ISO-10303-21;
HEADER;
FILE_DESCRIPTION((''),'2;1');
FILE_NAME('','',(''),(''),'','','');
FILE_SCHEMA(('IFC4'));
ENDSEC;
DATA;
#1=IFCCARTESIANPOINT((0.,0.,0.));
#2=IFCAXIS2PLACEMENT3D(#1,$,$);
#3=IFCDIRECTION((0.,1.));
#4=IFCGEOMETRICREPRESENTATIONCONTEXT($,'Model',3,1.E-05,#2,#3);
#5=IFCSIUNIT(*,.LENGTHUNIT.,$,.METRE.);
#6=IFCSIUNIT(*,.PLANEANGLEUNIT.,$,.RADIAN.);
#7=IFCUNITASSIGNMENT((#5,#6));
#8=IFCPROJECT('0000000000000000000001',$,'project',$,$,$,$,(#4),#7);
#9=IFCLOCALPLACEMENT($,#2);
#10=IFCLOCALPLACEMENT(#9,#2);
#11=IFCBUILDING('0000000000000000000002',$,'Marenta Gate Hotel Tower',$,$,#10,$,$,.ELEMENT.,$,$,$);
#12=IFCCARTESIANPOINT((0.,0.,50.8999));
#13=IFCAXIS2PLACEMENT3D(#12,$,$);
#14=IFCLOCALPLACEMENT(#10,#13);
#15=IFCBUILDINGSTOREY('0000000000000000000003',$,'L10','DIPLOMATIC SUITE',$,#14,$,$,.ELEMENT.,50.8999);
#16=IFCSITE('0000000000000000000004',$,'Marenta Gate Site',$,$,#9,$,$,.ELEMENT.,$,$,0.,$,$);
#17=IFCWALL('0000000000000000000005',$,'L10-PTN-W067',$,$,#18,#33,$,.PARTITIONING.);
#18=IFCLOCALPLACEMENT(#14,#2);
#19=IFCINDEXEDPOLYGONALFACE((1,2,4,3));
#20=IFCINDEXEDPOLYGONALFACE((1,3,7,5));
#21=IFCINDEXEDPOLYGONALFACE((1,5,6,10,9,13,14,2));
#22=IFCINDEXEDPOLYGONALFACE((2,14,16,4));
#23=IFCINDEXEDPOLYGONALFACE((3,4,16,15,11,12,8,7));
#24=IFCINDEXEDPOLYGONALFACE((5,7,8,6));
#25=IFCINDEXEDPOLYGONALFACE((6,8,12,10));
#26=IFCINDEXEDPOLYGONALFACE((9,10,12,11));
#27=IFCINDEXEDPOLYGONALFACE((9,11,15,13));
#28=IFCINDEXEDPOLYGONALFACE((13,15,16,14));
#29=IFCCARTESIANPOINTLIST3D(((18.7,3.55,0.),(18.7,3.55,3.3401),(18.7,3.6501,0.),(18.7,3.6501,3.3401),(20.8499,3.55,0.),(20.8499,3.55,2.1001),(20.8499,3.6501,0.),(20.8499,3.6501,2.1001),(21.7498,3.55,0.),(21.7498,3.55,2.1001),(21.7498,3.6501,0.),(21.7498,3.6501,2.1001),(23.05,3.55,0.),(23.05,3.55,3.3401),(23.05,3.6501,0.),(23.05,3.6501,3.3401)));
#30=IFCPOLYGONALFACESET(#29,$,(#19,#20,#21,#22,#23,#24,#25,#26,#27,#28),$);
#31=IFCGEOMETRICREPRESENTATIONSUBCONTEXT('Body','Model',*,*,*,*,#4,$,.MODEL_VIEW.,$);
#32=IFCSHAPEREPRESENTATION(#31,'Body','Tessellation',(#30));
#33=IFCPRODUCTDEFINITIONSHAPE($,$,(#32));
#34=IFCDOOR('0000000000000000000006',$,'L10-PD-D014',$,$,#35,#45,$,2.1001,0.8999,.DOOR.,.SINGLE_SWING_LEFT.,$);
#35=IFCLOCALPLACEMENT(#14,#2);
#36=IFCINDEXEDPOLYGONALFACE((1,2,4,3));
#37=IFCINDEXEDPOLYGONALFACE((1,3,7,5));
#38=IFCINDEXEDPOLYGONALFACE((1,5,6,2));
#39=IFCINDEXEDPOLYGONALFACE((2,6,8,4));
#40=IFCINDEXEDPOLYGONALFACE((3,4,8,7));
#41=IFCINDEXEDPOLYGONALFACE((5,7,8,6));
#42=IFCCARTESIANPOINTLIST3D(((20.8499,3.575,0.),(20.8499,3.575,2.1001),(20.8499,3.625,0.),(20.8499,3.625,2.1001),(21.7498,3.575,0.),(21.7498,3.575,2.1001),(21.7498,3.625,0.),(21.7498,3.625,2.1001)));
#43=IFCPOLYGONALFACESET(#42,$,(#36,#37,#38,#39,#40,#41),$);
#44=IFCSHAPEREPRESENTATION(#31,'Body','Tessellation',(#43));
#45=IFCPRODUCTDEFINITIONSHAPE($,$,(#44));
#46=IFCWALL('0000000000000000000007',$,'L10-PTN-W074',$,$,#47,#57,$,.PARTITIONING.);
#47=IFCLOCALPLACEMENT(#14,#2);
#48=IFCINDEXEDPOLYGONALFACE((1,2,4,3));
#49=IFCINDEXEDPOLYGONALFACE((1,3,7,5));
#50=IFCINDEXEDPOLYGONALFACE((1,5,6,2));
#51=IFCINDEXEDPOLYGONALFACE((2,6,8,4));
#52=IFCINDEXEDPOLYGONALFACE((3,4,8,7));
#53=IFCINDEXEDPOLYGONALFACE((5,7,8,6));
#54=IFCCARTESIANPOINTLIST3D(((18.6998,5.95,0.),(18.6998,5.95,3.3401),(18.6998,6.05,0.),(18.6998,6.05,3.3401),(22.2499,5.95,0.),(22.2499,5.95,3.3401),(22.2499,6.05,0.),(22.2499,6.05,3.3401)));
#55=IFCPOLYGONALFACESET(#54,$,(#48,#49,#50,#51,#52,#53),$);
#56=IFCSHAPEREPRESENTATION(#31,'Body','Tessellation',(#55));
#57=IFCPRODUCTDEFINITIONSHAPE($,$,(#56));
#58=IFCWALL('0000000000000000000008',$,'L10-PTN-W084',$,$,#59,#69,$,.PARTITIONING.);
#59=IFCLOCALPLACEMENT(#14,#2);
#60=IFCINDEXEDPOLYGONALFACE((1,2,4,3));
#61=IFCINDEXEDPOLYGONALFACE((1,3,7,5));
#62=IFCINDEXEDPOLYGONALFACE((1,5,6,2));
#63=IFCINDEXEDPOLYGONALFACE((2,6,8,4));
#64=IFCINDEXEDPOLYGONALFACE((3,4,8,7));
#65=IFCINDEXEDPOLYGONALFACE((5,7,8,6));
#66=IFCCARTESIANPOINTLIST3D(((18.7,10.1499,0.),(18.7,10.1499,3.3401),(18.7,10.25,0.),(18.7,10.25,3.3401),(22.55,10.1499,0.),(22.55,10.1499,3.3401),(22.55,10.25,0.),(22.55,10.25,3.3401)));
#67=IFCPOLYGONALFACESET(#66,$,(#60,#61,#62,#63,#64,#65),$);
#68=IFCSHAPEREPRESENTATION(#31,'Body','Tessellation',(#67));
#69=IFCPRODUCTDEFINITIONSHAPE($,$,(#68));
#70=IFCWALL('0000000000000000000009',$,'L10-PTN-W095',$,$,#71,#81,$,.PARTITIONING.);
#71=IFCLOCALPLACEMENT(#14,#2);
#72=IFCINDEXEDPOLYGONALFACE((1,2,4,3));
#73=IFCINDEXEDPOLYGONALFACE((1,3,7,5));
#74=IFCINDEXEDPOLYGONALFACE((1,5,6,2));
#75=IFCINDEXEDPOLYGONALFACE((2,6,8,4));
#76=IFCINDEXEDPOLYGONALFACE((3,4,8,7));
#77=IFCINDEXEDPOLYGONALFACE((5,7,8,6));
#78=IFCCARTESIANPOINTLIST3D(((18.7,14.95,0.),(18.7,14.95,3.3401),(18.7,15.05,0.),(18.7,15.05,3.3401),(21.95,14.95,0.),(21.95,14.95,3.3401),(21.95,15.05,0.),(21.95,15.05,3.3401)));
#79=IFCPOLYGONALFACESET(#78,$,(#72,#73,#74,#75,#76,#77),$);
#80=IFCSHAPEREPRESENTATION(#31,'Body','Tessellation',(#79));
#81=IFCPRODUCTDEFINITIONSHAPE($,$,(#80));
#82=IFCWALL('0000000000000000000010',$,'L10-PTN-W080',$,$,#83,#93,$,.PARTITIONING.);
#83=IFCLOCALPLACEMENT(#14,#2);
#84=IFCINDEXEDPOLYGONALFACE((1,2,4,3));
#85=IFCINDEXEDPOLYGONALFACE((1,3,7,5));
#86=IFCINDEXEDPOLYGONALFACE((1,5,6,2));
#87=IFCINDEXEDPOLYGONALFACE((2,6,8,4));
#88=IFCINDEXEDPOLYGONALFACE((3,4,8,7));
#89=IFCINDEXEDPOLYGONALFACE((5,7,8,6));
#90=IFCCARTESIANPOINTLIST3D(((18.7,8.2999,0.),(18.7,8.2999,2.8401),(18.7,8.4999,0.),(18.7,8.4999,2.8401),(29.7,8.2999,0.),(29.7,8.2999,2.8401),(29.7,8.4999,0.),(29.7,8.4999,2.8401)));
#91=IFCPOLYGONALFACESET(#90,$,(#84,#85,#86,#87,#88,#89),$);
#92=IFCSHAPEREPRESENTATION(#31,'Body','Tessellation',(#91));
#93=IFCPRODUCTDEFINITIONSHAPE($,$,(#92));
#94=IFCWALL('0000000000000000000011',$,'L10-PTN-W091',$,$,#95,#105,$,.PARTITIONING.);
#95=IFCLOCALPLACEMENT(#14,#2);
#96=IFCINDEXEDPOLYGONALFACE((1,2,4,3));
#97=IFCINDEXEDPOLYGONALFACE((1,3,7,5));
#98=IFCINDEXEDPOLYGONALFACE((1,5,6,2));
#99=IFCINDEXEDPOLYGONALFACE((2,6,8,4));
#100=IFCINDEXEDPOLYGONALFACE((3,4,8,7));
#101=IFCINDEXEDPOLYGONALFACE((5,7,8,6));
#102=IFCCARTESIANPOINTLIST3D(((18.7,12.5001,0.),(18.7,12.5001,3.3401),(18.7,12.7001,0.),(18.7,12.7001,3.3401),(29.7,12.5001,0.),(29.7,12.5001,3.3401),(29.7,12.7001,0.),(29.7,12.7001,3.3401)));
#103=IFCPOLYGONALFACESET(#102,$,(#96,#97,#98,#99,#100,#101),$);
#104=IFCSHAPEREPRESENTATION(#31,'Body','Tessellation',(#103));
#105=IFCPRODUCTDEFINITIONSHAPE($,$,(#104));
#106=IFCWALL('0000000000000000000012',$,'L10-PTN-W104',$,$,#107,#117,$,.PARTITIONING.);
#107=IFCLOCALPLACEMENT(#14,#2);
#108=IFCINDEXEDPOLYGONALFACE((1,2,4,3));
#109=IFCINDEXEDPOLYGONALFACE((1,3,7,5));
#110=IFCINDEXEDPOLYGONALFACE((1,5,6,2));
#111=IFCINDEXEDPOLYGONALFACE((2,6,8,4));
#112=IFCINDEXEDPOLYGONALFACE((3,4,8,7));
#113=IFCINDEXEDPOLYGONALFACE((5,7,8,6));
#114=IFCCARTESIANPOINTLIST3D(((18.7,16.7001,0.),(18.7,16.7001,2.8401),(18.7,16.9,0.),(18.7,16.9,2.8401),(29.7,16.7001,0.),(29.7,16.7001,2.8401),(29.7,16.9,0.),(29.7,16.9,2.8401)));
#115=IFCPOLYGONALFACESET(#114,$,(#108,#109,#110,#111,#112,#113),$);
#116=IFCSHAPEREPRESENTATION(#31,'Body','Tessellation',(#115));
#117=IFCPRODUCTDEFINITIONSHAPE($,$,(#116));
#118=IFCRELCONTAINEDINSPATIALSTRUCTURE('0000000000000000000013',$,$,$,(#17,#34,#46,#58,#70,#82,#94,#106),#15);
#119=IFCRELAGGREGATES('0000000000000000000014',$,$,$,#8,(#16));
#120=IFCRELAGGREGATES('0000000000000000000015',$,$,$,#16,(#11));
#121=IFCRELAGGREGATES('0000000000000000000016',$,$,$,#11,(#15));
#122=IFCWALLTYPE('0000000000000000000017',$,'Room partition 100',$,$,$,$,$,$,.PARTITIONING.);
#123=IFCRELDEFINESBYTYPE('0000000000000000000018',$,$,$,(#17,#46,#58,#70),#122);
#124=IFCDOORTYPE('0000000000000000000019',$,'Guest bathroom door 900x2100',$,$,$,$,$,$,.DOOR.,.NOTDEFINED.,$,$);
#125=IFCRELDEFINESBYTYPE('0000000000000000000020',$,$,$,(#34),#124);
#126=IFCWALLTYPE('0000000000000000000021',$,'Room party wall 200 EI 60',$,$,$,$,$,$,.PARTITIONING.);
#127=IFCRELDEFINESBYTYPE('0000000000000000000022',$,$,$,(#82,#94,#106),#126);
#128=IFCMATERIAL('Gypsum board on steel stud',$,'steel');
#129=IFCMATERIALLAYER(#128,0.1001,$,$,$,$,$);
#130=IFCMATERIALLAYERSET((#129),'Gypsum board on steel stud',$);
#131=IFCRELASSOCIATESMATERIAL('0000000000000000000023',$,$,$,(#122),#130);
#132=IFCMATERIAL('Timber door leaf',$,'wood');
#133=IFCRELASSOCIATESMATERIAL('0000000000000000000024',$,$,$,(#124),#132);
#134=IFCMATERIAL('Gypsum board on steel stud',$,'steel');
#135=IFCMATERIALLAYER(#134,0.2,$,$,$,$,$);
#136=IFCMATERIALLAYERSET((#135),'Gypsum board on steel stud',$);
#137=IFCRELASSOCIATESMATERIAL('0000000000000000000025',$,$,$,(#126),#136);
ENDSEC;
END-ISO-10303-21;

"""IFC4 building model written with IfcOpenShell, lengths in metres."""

from ifc_helpers import new_model, si_unit, direction, frame, frame_2d, origin, place, context, subcontext, project, spatial, rectangle, extrude, material, layer, layer_set, type_object, element, fill, save


model = new_model("IFC4")

# Units and contexts
model_context = context("Model", 3, precision=1e-05, world=origin(), true_north=direction((0.0, 1.0)))
body_context = subcontext(model_context, "Body", "Model", "MODEL_VIEW")
ifc_project = project(units=[si_unit("LENGTHUNIT", "METRE"), si_unit("PLANEANGLEUNIT", "RADIAN")], contexts=[model_context])

# Site, building, storey
site_placement = place(None, origin())
site = spatial("IfcSite", under=ifc_project, at=site_placement, Name="Marenta Gate Site", CompositionType="ELEMENT", RefElevation=0.0)
building_placement = place(site_placement, origin())
building = spatial("IfcBuilding", under=site, at=building_placement, Name="Marenta Gate Hotel Tower", CompositionType="ELEMENT")
storey_placement = place(building_placement, frame((0.0, 0.0, 50.8999)))
storey = spatial("IfcBuildingStorey", under=building, at=storey_placement, Name="L10", Description="DIPLOMATIC SUITE", CompositionType="ELEMENT", Elevation=50.8999)

# Wall, opening, door
ifc_material_1 = material(Name="Gypsum board on steel stud", Category="steel")
ifc_layer_1 = layer(ifc_material_1, 0.1001)
ifc_layer_set_1 = layer_set([ifc_layer_1], Name="Gypsum board on steel stud")
wall_type_1 = type_object("IfcWallType", Name="Room partition 100", PredefinedType="PARTITIONING", material=ifc_layer_set_1)
ifc_material_2 = material(Name="Timber door leaf", Category="wood")
door_type_1 = type_object("IfcDoorType", Name="Guest bathroom door 900x2100", OperationType="NOTDEFINED", PredefinedType="DOOR", material=ifc_material_2)
wall_1_placement = place(storey_placement, frame((18.7, 3.6001, 0.0), z_axis=(0.0, 0.0, 1.0), x_axis=(1.0, 0.0, 0.0)))
wall_1 = element("IfcWall", 1, at=wall_1_placement, inside=storey, type_object=wall_type_1, Name="L10-PTN-W067", PredefinedType="PARTITIONING", context=body_context, shape_type="SweptSolid", body=[
    extrude(rectangle(XDim=4.3501, YDim=0.1001, at=frame_2d((2.175, 0.0))), origin(), (0.0, 0.0, 1.0), 3.3401),
])
opening_1_placement = place(wall_1_placement, frame((2.1499, 0.0, 0.0)))
opening_1 = element("IfcOpeningElement", 2, at=opening_1_placement, cuts=wall_1, PredefinedType="OPENING", context=body_context, shape_type="SweptSolid", body=[
    extrude(rectangle(XDim=0.8999, YDim=2.1001, at=frame_2d((0.45, 1.05))), frame((0.0, 0.05, 0.0), z_axis=(0.0, -1.0, 0.0), x_axis=(1.0, 0.0, 0.0)), (0.0, 0.0, 1.0), 0.1001),
])
door_1_placement = place(opening_1_placement, origin())
door_1 = element("IfcDoor", 3, at=door_1_placement, inside=storey, type_object=door_type_1, Name="L10-PD-D014", OperationType="SINGLE_SWING_LEFT", OverallHeight=2.1001, OverallWidth=0.8999, PredefinedType="DOOR", context=body_context, shape_type="SweptSolid", body=[
    extrude(rectangle(XDim=0.8999, YDim=2.1001, at=frame_2d((0.45, 1.05))), frame((0.0, 0.0249, 0.0), z_axis=(0.0, -1.0, 0.0), x_axis=(1.0, 0.0, 0.0)), (0.0, 0.0, 1.0), 0.05),
])
fill(opening_1, door_1)

# Walls
wall_2_placement = place(storey_placement, frame((18.7, 6.0, 0.0), z_axis=(0.0, 0.0, 1.0), x_axis=(1.0, 0.0, 0.0)))
element("IfcWall", 4, at=wall_2_placement, inside=storey, type_object=wall_type_1, Name="L10-PTN-W074", PredefinedType="PARTITIONING", context=body_context, shape_type="SweptSolid", body=[
    extrude(rectangle(XDim=3.55, YDim=0.1001, at=frame_2d((1.7749, 0.0))), origin(), (0.0, 0.0, 1.0), 3.3401),
])
wall_3_placement = place(storey_placement, frame((18.7, 10.2, 0.0), z_axis=(0.0, 0.0, 1.0), x_axis=(1.0, 0.0, 0.0)))
element("IfcWall", 5, at=wall_3_placement, inside=storey, type_object=wall_type_1, Name="L10-PTN-W084", PredefinedType="PARTITIONING", context=body_context, shape_type="SweptSolid", body=[
    extrude(rectangle(XDim=3.8501, YDim=0.1001, at=frame_2d((1.925, 0.0))), origin(), (0.0, 0.0, 1.0), 3.3401),
])
wall_4_placement = place(storey_placement, frame((18.7, 15.0, 0.0), z_axis=(0.0, 0.0, 1.0), x_axis=(1.0, 0.0, 0.0)))
element("IfcWall", 6, at=wall_4_placement, inside=storey, type_object=wall_type_1, Name="L10-PTN-W095", PredefinedType="PARTITIONING", context=body_context, shape_type="SweptSolid", body=[
    extrude(rectangle(XDim=3.25, YDim=0.1001, at=frame_2d((1.625, 0.0))), origin(), (0.0, 0.0, 1.0), 3.3401),
])
ifc_material_3 = material(Name="Gypsum board on steel stud", Category="steel")
ifc_layer_2 = layer(ifc_material_3, 0.2)
ifc_layer_set_2 = layer_set([ifc_layer_2], Name="Gypsum board on steel stud")
wall_type_2 = type_object("IfcWallType", Name="Room party wall 200 EI 60", PredefinedType="PARTITIONING", material=ifc_layer_set_2)
wall_5_placement = place(storey_placement, frame((18.7, 8.3999, 0.0), z_axis=(0.0, 0.0, 1.0), x_axis=(1.0, 0.0, 0.0)))
element("IfcWall", 7, at=wall_5_placement, inside=storey, type_object=wall_type_2, Name="L10-PTN-W080", PredefinedType="PARTITIONING", context=body_context, shape_type="SweptSolid", body=[
    extrude(rectangle(XDim=11.0, YDim=0.2, at=frame_2d((5.5, 0.0))), origin(), (0.0, 0.0, 1.0), 2.8401),
])
wall_6_placement = place(storey_placement, frame((18.7, 12.6001, 0.0), z_axis=(0.0, 0.0, 1.0), x_axis=(1.0, 0.0, 0.0)))
element("IfcWall", 8, at=wall_6_placement, inside=storey, type_object=wall_type_2, Name="L10-PTN-W091", PredefinedType="PARTITIONING", context=body_context, shape_type="SweptSolid", body=[
    extrude(rectangle(XDim=11.0, YDim=0.2, at=frame_2d((5.5, 0.0))), origin(), (0.0, 0.0, 1.0), 3.3401),
])
wall_7_placement = place(storey_placement, frame((18.7, 16.8, 0.0), z_axis=(0.0, 0.0, 1.0), x_axis=(1.0, 0.0, 0.0)))
element("IfcWall", 9, at=wall_7_placement, inside=storey, type_object=wall_type_2, Name="L10-PTN-W104", PredefinedType="PARTITIONING", context=body_context, shape_type="SweptSolid", body=[
    extrude(rectangle(XDim=11.0, YDim=0.2, at=frame_2d((5.5, 0.0))), origin(), (0.0, 0.0, 1.0), 2.8401),
])

save(model, "model.ifc")
